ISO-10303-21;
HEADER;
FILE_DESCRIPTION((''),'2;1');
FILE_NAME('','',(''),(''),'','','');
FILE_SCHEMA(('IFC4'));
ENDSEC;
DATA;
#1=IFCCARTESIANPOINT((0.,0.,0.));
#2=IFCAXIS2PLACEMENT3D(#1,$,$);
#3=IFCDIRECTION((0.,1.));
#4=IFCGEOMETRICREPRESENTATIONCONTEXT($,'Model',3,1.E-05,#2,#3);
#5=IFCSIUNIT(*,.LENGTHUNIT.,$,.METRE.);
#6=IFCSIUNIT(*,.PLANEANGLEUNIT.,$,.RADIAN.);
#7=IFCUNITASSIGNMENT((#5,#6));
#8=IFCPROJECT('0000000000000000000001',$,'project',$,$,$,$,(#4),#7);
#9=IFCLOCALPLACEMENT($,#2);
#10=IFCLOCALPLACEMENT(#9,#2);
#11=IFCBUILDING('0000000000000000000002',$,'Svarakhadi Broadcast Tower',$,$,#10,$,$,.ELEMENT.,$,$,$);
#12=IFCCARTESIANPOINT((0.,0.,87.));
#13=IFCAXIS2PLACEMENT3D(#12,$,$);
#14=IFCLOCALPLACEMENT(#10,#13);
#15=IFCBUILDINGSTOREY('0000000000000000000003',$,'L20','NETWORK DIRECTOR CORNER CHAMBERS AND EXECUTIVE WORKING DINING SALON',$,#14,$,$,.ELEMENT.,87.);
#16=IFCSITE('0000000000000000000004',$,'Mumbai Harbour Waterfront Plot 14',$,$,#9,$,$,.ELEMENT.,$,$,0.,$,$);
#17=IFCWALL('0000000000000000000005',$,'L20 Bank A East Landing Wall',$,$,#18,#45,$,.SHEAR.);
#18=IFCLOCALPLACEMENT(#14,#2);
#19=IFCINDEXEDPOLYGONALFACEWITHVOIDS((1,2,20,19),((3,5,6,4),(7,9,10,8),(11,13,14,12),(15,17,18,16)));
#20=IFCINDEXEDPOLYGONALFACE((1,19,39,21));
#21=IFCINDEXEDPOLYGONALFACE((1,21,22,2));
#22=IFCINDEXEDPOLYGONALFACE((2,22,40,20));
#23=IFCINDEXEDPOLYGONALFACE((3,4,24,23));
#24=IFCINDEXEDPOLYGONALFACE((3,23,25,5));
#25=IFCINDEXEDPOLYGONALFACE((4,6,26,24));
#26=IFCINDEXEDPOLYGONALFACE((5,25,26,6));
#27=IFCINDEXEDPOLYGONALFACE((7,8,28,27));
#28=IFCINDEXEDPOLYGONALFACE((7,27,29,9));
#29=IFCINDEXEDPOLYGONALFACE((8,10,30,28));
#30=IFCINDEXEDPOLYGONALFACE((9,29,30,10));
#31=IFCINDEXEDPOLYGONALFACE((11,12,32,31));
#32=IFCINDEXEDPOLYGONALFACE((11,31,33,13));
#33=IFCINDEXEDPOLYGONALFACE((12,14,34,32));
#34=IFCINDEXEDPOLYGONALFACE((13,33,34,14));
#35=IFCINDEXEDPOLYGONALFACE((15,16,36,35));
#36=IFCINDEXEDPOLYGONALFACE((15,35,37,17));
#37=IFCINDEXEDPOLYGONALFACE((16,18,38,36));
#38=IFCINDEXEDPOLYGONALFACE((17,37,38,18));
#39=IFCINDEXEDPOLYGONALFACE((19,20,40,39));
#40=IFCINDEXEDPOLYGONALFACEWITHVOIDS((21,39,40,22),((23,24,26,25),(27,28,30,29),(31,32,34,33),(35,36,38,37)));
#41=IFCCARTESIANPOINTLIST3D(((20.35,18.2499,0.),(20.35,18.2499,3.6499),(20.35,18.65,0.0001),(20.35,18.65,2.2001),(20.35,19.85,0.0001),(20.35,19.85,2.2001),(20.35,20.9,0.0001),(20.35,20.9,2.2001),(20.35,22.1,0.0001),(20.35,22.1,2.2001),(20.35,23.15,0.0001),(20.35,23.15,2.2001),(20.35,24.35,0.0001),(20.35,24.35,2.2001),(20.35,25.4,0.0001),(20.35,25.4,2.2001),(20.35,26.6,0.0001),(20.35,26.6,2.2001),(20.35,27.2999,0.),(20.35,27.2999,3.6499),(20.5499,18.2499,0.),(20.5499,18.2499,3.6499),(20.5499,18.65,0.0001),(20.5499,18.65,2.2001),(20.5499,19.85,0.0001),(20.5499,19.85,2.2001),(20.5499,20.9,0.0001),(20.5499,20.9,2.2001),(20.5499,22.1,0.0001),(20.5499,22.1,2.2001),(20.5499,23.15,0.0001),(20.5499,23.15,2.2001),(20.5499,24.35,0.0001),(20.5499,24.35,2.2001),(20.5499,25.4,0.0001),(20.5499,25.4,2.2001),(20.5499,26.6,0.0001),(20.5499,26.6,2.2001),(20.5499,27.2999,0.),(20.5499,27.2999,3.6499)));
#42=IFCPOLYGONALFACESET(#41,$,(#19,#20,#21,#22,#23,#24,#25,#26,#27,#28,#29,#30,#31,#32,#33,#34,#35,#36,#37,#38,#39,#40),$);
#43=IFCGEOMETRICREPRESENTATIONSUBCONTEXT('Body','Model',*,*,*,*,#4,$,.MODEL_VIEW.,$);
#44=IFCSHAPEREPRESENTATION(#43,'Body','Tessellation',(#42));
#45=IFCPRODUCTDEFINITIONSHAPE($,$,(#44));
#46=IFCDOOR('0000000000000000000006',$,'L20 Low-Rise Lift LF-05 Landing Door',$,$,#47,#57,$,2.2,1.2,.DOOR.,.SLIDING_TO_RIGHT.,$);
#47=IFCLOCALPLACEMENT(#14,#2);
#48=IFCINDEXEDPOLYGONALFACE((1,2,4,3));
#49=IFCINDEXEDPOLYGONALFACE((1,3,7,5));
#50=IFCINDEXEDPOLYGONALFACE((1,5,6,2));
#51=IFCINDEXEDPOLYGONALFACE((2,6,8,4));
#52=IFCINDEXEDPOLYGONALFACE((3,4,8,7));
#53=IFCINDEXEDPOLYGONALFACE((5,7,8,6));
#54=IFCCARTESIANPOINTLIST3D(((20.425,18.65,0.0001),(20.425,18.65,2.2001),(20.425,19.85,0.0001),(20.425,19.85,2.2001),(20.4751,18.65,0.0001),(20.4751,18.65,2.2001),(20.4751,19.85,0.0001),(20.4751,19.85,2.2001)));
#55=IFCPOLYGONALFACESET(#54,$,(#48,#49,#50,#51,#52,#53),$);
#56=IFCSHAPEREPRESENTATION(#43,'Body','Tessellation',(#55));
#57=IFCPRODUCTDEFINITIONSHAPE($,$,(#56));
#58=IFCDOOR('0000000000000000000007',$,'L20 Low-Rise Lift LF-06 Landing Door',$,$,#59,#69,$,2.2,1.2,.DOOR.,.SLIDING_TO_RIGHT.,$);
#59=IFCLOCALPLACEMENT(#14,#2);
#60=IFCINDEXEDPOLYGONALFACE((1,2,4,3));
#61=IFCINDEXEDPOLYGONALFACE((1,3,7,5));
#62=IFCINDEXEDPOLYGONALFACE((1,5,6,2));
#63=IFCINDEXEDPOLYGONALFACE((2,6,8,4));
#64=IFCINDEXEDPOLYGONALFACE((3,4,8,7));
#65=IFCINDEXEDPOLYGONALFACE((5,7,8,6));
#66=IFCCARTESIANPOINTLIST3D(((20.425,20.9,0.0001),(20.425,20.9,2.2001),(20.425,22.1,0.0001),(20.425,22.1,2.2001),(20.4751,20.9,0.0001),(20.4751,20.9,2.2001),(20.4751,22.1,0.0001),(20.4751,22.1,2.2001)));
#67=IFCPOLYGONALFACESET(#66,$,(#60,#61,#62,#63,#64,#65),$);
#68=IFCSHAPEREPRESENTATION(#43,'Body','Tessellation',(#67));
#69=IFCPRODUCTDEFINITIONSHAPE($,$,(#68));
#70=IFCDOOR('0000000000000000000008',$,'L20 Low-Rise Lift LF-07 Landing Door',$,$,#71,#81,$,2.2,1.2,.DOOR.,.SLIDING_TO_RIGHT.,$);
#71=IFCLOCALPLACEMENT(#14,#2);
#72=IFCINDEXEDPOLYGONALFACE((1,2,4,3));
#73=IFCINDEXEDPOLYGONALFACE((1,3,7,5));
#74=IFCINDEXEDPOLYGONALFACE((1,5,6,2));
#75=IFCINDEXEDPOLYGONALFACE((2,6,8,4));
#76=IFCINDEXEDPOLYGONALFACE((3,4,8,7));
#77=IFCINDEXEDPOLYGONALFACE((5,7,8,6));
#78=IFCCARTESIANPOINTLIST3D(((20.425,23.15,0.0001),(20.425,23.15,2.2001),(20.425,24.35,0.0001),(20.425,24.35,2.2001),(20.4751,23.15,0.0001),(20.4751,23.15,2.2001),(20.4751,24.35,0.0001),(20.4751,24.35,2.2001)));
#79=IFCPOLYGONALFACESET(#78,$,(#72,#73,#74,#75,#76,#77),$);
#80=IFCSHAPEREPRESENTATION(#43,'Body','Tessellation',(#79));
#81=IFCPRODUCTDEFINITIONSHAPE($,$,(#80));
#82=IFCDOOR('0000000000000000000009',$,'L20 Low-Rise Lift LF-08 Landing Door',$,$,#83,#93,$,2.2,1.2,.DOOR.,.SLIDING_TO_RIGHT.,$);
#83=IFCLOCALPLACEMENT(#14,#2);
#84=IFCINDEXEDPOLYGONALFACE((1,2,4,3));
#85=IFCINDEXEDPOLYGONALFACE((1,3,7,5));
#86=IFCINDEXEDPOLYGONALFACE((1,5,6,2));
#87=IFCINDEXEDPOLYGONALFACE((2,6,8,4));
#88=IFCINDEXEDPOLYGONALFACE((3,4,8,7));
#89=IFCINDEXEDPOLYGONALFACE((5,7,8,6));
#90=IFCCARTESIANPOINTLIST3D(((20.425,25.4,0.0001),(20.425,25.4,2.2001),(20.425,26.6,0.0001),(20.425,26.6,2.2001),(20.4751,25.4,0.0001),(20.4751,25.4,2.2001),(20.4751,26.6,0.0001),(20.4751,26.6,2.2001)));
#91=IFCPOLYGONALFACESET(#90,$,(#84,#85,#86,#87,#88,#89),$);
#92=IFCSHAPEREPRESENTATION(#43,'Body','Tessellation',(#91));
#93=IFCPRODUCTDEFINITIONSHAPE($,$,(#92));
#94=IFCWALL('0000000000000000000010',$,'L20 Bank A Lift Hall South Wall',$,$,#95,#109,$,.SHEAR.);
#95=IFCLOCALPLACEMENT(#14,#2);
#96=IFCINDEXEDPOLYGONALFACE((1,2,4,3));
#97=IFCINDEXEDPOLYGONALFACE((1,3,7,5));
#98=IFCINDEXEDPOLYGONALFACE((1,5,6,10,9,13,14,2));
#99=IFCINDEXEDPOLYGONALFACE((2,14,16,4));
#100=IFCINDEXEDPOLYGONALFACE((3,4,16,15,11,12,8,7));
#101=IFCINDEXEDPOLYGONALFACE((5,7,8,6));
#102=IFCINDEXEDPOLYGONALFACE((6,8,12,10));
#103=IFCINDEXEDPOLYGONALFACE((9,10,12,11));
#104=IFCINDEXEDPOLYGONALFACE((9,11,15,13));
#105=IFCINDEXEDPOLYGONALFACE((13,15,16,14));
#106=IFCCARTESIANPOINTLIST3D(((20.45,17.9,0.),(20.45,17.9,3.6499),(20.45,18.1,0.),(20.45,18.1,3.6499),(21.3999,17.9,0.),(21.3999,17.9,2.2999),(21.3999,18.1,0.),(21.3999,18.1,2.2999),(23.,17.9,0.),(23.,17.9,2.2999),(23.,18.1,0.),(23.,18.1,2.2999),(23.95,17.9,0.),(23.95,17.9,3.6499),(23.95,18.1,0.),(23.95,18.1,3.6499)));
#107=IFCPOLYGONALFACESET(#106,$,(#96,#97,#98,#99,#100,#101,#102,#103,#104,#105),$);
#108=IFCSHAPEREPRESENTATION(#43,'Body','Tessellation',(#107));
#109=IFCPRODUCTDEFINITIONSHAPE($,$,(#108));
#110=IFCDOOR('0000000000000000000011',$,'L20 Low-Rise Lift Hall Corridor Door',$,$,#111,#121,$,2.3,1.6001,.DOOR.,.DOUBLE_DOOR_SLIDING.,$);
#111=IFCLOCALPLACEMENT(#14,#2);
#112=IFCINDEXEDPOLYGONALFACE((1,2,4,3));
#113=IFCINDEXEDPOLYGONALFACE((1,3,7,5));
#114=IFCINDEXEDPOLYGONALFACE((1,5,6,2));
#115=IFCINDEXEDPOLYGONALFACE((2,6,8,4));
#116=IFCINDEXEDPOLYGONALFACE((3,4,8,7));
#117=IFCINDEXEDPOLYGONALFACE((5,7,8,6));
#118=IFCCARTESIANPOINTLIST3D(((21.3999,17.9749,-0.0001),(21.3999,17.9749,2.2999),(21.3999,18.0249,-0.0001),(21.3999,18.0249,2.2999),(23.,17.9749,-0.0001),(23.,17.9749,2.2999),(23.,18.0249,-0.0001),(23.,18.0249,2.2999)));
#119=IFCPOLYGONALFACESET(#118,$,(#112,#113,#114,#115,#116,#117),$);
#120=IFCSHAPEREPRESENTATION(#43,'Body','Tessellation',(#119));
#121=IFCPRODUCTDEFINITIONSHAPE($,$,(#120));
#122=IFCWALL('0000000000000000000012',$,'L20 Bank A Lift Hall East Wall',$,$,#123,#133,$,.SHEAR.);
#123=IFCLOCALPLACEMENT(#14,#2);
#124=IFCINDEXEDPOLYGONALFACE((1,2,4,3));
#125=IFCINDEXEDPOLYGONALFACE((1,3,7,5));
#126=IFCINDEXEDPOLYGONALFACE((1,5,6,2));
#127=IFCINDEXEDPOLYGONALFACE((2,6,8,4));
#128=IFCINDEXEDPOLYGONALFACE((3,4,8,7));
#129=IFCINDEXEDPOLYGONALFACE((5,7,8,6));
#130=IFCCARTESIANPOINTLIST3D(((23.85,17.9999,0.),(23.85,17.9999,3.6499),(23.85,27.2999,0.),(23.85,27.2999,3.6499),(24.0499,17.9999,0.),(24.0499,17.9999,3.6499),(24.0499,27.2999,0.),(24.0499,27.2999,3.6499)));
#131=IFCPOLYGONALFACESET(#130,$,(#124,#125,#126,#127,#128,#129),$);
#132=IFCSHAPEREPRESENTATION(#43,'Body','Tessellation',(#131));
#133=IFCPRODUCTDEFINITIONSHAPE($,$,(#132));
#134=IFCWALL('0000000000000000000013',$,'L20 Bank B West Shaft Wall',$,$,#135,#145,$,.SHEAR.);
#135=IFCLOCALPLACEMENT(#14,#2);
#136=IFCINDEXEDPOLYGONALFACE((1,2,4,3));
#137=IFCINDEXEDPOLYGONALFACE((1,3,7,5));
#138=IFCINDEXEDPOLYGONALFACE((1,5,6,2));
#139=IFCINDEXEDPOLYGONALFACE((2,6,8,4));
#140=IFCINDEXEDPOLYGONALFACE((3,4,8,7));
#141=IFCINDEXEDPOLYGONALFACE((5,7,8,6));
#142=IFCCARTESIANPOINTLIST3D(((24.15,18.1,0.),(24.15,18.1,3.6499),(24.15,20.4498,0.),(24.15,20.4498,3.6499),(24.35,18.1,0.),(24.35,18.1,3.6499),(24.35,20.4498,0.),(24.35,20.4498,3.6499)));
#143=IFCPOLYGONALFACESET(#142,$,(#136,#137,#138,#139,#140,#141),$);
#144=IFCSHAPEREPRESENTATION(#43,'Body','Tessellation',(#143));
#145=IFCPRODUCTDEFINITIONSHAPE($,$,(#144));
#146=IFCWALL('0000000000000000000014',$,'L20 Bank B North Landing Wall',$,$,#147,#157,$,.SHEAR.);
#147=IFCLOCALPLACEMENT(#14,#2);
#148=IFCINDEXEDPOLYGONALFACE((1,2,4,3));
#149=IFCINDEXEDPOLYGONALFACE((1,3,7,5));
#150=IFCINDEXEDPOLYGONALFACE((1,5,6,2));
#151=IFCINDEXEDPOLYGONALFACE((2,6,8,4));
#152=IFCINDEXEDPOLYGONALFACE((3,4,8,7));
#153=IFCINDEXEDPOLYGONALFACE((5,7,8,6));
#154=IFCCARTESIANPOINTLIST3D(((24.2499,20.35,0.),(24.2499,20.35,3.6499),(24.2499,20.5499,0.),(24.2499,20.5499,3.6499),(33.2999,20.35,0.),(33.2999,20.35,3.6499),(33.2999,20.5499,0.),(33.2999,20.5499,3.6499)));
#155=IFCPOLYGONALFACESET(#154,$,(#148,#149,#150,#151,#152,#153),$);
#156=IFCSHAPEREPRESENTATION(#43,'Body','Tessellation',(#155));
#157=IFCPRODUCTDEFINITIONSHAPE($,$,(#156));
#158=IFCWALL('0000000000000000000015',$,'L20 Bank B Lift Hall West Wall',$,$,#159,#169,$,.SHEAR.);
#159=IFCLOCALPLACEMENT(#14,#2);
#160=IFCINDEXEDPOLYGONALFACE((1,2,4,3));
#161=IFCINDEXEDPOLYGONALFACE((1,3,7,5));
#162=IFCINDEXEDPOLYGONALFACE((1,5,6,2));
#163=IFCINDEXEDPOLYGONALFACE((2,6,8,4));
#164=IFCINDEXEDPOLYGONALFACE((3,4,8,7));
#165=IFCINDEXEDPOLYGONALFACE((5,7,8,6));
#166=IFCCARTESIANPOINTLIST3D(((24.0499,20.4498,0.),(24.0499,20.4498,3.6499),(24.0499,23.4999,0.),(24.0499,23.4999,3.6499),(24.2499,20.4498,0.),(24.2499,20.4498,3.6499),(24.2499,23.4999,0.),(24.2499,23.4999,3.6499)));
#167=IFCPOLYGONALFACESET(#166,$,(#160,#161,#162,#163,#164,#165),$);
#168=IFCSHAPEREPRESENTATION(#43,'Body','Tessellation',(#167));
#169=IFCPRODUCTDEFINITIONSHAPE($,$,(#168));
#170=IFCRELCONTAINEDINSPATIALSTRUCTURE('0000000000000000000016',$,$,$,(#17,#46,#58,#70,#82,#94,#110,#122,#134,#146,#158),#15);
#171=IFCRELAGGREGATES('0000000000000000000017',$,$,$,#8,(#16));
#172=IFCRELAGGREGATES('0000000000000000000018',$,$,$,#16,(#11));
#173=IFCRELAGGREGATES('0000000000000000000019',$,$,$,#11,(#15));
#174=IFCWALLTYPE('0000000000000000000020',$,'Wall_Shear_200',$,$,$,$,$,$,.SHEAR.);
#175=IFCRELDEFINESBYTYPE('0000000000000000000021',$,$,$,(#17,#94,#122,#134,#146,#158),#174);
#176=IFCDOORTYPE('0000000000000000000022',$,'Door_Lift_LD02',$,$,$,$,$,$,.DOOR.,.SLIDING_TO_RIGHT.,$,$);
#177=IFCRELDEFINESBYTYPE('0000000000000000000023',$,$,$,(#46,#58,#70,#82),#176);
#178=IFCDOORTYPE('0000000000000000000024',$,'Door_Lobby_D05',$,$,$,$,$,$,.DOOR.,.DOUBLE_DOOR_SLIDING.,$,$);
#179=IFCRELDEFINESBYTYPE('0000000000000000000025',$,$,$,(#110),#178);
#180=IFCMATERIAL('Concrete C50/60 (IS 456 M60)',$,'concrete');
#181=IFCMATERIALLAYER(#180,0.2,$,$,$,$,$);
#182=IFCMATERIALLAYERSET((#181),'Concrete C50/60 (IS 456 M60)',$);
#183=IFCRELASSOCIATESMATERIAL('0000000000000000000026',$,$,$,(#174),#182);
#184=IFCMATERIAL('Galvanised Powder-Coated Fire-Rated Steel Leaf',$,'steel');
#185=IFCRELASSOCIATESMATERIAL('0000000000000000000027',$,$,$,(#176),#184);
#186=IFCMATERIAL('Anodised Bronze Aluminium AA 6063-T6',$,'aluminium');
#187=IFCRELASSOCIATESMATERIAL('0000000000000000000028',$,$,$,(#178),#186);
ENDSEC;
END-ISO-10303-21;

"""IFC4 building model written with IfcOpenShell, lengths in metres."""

from ifc_helpers import new_model, si_unit, direction, frame, frame_2d, origin, place, context, subcontext, project, spatial, rectangle, extrude, material, layer, layer_set, type_object, element, fill, save


model = new_model("IFC4")

# Units and contexts
model_context = context("Model", 3, precision=1e-05, world=origin(), true_north=direction((0.0, 1.0)))
body_context = subcontext(model_context, "Body", "Model", "MODEL_VIEW")
ifc_project = project(units=[si_unit("LENGTHUNIT", "METRE"), si_unit("PLANEANGLEUNIT", "RADIAN")], contexts=[model_context])

# Site, building, storey
site_placement = place(None, origin())
site = spatial("IfcSite", under=ifc_project, at=site_placement, Name="Mumbai Harbour Waterfront Plot 14", CompositionType="ELEMENT", RefElevation=0.0)
building_placement = place(site_placement, origin())
building = spatial("IfcBuilding", under=site, at=building_placement, Name="Svarakhadi Broadcast Tower", CompositionType="ELEMENT")
storey_placement = place(building_placement, frame((0.0, 0.0, 87.0)))
storey = spatial("IfcBuildingStorey", under=building, at=storey_placement, Name="L20", Description="NETWORK DIRECTOR CORNER CHAMBERS AND EXECUTIVE WORKING DINING SALON", CompositionType="ELEMENT", Elevation=87.0)

# Shared definitions
ifc_material_1 = material(Name="Concrete C50/60 (IS 456 M60)", Category="concrete")
ifc_layer_1 = layer(ifc_material_1, 0.2)
ifc_layer_set_1 = layer_set([ifc_layer_1], Name="Concrete C50/60 (IS 456 M60)")
wall_type_1 = type_object("IfcWallType", Name="Wall_Shear_200", PredefinedType="SHEAR", material=ifc_layer_set_1)

# Wall, openings, doors
wall_1_placement = place(storey_placement, frame((20.45, 18.25, 0.0), z_axis=(0.0, 0.0, 1.0), x_axis=(0.0, 1.0, 0.0)))
wall_1 = element("IfcWall", 1, at=wall_1_placement, inside=storey, type_object=wall_type_1, Name="L20 Bank A East Landing Wall", PredefinedType="SHEAR", context=body_context, shape_type="SweptSolid", body=[
    extrude(rectangle(XDim=9.05, YDim=0.2, at=frame_2d((4.5249, 0.0))), origin(), (0.0, 0.0, 1.0), 3.6499),
])
opening_1_placement = place(wall_1_placement, frame((0.3999, 0.0, 0.0)))
opening_1 = element("IfcOpeningElement", 2, at=opening_1_placement, cuts=wall_1, PredefinedType="OPENING", context=body_context, shape_type="SweptSolid", body=[
    extrude(rectangle(XDim=1.2, YDim=2.2, at=frame_2d((0.6001, 1.1001))), frame((0.0, 0.1099, 0.0), z_axis=(0.0, -1.0, 0.0), x_axis=(1.0, 0.0, 0.0)), (0.0, 0.0, 1.0), 0.22),
])
opening_2_placement = place(wall_1_placement, frame((2.6499, 0.0, 0.0)))
opening_2 = element("IfcOpeningElement", 3, at=opening_2_placement, cuts=wall_1, PredefinedType="OPENING", context=body_context, shape_type="SweptSolid", body=[
    extrude(rectangle(XDim=1.2, YDim=2.2, at=frame_2d((0.6001, 1.1001))), frame((0.0, 0.1099, 0.0), z_axis=(0.0, -1.0, 0.0), x_axis=(1.0, 0.0, 0.0)), (0.0, 0.0, 1.0), 0.22),
])
opening_3_placement = place(wall_1_placement, frame((4.8999, 0.0, 0.0)))
opening_3 = element("IfcOpeningElement", 4, at=opening_3_placement, cuts=wall_1, PredefinedType="OPENING", context=body_context, shape_type="SweptSolid", body=[
    extrude(rectangle(XDim=1.2, YDim=2.2, at=frame_2d((0.6001, 1.1001))), frame((0.0, 0.1099, 0.0), z_axis=(0.0, -1.0, 0.0), x_axis=(1.0, 0.0, 0.0)), (0.0, 0.0, 1.0), 0.22),
])
opening_4_placement = place(wall_1_placement, frame((7.1499, 0.0, 0.0)))
opening_4 = element("IfcOpeningElement", 5, at=opening_4_placement, cuts=wall_1, PredefinedType="OPENING", context=body_context, shape_type="SweptSolid", body=[
    extrude(rectangle(XDim=1.2, YDim=2.2, at=frame_2d((0.6001, 1.1001))), frame((0.0, 0.1099, 0.0), z_axis=(0.0, -1.0, 0.0), x_axis=(1.0, 0.0, 0.0)), (0.0, 0.0, 1.0), 0.22),
])
ifc_material_2 = material(Name="Galvanised Powder-Coated Fire-Rated Steel Leaf", Category="steel")
door_type_1 = type_object("IfcDoorType", Name="Door_Lift_LD02", OperationType="SLIDING_TO_RIGHT", PredefinedType="DOOR", material=ifc_material_2)
door_1_placement = place(opening_1_placement, origin())
door_1 = element("IfcDoor", 6, at=door_1_placement, inside=storey, type_object=door_type_1, Name="L20 Low-Rise Lift LF-05 Landing Door", OperationType="SLIDING_TO_RIGHT", OverallHeight=2.2, OverallWidth=1.2, PredefinedType="DOOR", context=body_context, shape_type="SweptSolid", body=[
    extrude(rectangle(XDim=1.2, YDim=2.2, at=frame_2d((0.6001, 1.1001))), frame((0.0, 0.0249, 0.0), z_axis=(0.0, -1.0, 0.0), x_axis=(1.0, 0.0, 0.0)), (0.0, 0.0, 1.0), 0.05),
])
fill(opening_1, door_1)
door_2_placement = place(opening_2_placement, origin())
door_2 = element("IfcDoor", 7, at=door_2_placement, inside=storey, type_object=door_type_1, Name="L20 Low-Rise Lift LF-06 Landing Door", OperationType="SLIDING_TO_RIGHT", OverallHeight=2.2, OverallWidth=1.2, PredefinedType="DOOR", context=body_context, shape_type="SweptSolid", body=[
    extrude(rectangle(XDim=1.2, YDim=2.2, at=frame_2d((0.6001, 1.1001))), frame((0.0, 0.0249, 0.0), z_axis=(0.0, -1.0, 0.0), x_axis=(1.0, 0.0, 0.0)), (0.0, 0.0, 1.0), 0.05),
])
fill(opening_2, door_2)
door_3_placement = place(opening_3_placement, origin())
door_3 = element("IfcDoor", 8, at=door_3_placement, inside=storey, type_object=door_type_1, Name="L20 Low-Rise Lift LF-07 Landing Door", OperationType="SLIDING_TO_RIGHT", OverallHeight=2.2, OverallWidth=1.2, PredefinedType="DOOR", context=body_context, shape_type="SweptSolid", body=[
    extrude(rectangle(XDim=1.2, YDim=2.2, at=frame_2d((0.6001, 1.1001))), frame((0.0, 0.0249, 0.0), z_axis=(0.0, -1.0, 0.0), x_axis=(1.0, 0.0, 0.0)), (0.0, 0.0, 1.0), 0.05),
])
fill(opening_3, door_3)
door_4_placement = place(opening_4_placement, origin())
door_4 = element("IfcDoor", 9, at=door_4_placement, inside=storey, type_object=door_type_1, Name="L20 Low-Rise Lift LF-08 Landing Door", OperationType="SLIDING_TO_RIGHT", OverallHeight=2.2, OverallWidth=1.2, PredefinedType="DOOR", context=body_context, shape_type="SweptSolid", body=[
    extrude(rectangle(XDim=1.2, YDim=2.2, at=frame_2d((0.6001, 1.1001))), frame((0.0, 0.0249, 0.0), z_axis=(0.0, -1.0, 0.0), x_axis=(1.0, 0.0, 0.0)), (0.0, 0.0, 1.0), 0.05),
])
fill(opening_4, door_4)

# Wall, opening, door
wall_2_placement = place(storey_placement, frame((20.45, 18.0, 0.0), z_axis=(0.0, 0.0, 1.0), x_axis=(1.0, 0.0, 0.0)))
wall_2 = element("IfcWall", 10, at=wall_2_placement, inside=storey, type_object=wall_type_1, Name="L20 Bank A Lift Hall South Wall", PredefinedType="SHEAR", context=body_context, shape_type="SweptSolid", body=[
    extrude(rectangle(XDim=3.5, YDim=0.2, at=frame_2d((1.75, 0.0))), origin(), (0.0, 0.0, 1.0), 3.6499),
])
opening_5_placement = place(wall_2_placement, frame((0.95, 0.0, 0.0)))
opening_5 = element("IfcOpeningElement", 11, at=opening_5_placement, cuts=wall_2, PredefinedType="OPENING", context=body_context, shape_type="SweptSolid", body=[
    extrude(rectangle(XDim=1.6001, YDim=2.3, at=frame_2d((0.8, 1.1499))), frame((0.0, 0.1099, 0.0), z_axis=(0.0, -1.0, 0.0), x_axis=(1.0, 0.0, 0.0)), (0.0, 0.0, 1.0), 0.22),
])
ifc_material_3 = material(Name="Anodised Bronze Aluminium AA 6063-T6", Category="aluminium")
door_type_2 = type_object("IfcDoorType", Name="Door_Lobby_D05", OperationType="DOUBLE_DOOR_SLIDING", PredefinedType="DOOR", material=ifc_material_3)
door_5_placement = place(opening_5_placement, origin())
door_5 = element("IfcDoor", 12, at=door_5_placement, inside=storey, type_object=door_type_2, Name="L20 Low-Rise Lift Hall Corridor Door", OperationType="DOUBLE_DOOR_SLIDING", OverallHeight=2.3, OverallWidth=1.6001, PredefinedType="DOOR", context=body_context, shape_type="SweptSolid", body=[
    extrude(rectangle(XDim=1.6001, YDim=2.3, at=frame_2d((0.8, 1.1499))), frame((0.0, 0.0249, 0.0), z_axis=(0.0, -1.0, 0.0), x_axis=(1.0, 0.0, 0.0)), (0.0, 0.0, 1.0), 0.05),
])
fill(opening_5, door_5)

# Walls
wall_3_placement = place(storey_placement, frame((23.95, 18.0, 0.0), z_axis=(0.0, 0.0, 1.0), x_axis=(0.0, 1.0, 0.0)))
element("IfcWall", 13, at=wall_3_placement, inside=storey, type_object=wall_type_1, Name="L20 Bank A Lift Hall East Wall", PredefinedType="SHEAR", context=body_context, shape_type="SweptSolid", body=[
    extrude(rectangle(XDim=9.3, YDim=0.2, at=frame_2d((4.6499, 0.0))), origin(), (0.0, 0.0, 1.0), 3.6499),
])
wall_4_placement = place(storey_placement, frame((24.25, 18.1001, 0.0), z_axis=(0.0, 0.0, 1.0), x_axis=(0.0, 1.0, 0.0)))
element("IfcWall", 14, at=wall_4_placement, inside=storey, type_object=wall_type_1, Name="L20 Bank B West Shaft Wall", PredefinedType="SHEAR", context=body_context, shape_type="SweptSolid", body=[
    extrude(rectangle(XDim=2.3499, YDim=0.2, at=frame_2d((1.1748, 0.0))), origin(), (0.0, 0.0, 1.0), 3.6499),
])
wall_5_placement = place(storey_placement, frame((24.25, 20.45, 0.0), z_axis=(0.0, 0.0, 1.0), x_axis=(1.0, 0.0, 0.0)))
element("IfcWall", 15, at=wall_5_placement, inside=storey, type_object=wall_type_1, Name="L20 Bank B North Landing Wall", PredefinedType="SHEAR", context=body_context, shape_type="SweptSolid", body=[
    extrude(rectangle(XDim=9.05, YDim=0.2, at=frame_2d((4.5249, 0.0))), origin(), (0.0, 0.0, 1.0), 3.6499),
])
wall_6_placement = place(storey_placement, frame((24.1499, 20.45, 0.0), z_axis=(0.0, 0.0, 1.0), x_axis=(0.0, 1.0, 0.0)))
element("IfcWall", 16, at=wall_6_placement, inside=storey, type_object=wall_type_1, Name="L20 Bank B Lift Hall West Wall", PredefinedType="SHEAR", context=body_context, shape_type="SweptSolid", body=[
    extrude(rectangle(XDim=3.05, YDim=0.2, at=frame_2d((1.5249, 0.0))), origin(), (0.0, 0.0, 1.0), 3.6499),
])

save(model, "model.ifc")
